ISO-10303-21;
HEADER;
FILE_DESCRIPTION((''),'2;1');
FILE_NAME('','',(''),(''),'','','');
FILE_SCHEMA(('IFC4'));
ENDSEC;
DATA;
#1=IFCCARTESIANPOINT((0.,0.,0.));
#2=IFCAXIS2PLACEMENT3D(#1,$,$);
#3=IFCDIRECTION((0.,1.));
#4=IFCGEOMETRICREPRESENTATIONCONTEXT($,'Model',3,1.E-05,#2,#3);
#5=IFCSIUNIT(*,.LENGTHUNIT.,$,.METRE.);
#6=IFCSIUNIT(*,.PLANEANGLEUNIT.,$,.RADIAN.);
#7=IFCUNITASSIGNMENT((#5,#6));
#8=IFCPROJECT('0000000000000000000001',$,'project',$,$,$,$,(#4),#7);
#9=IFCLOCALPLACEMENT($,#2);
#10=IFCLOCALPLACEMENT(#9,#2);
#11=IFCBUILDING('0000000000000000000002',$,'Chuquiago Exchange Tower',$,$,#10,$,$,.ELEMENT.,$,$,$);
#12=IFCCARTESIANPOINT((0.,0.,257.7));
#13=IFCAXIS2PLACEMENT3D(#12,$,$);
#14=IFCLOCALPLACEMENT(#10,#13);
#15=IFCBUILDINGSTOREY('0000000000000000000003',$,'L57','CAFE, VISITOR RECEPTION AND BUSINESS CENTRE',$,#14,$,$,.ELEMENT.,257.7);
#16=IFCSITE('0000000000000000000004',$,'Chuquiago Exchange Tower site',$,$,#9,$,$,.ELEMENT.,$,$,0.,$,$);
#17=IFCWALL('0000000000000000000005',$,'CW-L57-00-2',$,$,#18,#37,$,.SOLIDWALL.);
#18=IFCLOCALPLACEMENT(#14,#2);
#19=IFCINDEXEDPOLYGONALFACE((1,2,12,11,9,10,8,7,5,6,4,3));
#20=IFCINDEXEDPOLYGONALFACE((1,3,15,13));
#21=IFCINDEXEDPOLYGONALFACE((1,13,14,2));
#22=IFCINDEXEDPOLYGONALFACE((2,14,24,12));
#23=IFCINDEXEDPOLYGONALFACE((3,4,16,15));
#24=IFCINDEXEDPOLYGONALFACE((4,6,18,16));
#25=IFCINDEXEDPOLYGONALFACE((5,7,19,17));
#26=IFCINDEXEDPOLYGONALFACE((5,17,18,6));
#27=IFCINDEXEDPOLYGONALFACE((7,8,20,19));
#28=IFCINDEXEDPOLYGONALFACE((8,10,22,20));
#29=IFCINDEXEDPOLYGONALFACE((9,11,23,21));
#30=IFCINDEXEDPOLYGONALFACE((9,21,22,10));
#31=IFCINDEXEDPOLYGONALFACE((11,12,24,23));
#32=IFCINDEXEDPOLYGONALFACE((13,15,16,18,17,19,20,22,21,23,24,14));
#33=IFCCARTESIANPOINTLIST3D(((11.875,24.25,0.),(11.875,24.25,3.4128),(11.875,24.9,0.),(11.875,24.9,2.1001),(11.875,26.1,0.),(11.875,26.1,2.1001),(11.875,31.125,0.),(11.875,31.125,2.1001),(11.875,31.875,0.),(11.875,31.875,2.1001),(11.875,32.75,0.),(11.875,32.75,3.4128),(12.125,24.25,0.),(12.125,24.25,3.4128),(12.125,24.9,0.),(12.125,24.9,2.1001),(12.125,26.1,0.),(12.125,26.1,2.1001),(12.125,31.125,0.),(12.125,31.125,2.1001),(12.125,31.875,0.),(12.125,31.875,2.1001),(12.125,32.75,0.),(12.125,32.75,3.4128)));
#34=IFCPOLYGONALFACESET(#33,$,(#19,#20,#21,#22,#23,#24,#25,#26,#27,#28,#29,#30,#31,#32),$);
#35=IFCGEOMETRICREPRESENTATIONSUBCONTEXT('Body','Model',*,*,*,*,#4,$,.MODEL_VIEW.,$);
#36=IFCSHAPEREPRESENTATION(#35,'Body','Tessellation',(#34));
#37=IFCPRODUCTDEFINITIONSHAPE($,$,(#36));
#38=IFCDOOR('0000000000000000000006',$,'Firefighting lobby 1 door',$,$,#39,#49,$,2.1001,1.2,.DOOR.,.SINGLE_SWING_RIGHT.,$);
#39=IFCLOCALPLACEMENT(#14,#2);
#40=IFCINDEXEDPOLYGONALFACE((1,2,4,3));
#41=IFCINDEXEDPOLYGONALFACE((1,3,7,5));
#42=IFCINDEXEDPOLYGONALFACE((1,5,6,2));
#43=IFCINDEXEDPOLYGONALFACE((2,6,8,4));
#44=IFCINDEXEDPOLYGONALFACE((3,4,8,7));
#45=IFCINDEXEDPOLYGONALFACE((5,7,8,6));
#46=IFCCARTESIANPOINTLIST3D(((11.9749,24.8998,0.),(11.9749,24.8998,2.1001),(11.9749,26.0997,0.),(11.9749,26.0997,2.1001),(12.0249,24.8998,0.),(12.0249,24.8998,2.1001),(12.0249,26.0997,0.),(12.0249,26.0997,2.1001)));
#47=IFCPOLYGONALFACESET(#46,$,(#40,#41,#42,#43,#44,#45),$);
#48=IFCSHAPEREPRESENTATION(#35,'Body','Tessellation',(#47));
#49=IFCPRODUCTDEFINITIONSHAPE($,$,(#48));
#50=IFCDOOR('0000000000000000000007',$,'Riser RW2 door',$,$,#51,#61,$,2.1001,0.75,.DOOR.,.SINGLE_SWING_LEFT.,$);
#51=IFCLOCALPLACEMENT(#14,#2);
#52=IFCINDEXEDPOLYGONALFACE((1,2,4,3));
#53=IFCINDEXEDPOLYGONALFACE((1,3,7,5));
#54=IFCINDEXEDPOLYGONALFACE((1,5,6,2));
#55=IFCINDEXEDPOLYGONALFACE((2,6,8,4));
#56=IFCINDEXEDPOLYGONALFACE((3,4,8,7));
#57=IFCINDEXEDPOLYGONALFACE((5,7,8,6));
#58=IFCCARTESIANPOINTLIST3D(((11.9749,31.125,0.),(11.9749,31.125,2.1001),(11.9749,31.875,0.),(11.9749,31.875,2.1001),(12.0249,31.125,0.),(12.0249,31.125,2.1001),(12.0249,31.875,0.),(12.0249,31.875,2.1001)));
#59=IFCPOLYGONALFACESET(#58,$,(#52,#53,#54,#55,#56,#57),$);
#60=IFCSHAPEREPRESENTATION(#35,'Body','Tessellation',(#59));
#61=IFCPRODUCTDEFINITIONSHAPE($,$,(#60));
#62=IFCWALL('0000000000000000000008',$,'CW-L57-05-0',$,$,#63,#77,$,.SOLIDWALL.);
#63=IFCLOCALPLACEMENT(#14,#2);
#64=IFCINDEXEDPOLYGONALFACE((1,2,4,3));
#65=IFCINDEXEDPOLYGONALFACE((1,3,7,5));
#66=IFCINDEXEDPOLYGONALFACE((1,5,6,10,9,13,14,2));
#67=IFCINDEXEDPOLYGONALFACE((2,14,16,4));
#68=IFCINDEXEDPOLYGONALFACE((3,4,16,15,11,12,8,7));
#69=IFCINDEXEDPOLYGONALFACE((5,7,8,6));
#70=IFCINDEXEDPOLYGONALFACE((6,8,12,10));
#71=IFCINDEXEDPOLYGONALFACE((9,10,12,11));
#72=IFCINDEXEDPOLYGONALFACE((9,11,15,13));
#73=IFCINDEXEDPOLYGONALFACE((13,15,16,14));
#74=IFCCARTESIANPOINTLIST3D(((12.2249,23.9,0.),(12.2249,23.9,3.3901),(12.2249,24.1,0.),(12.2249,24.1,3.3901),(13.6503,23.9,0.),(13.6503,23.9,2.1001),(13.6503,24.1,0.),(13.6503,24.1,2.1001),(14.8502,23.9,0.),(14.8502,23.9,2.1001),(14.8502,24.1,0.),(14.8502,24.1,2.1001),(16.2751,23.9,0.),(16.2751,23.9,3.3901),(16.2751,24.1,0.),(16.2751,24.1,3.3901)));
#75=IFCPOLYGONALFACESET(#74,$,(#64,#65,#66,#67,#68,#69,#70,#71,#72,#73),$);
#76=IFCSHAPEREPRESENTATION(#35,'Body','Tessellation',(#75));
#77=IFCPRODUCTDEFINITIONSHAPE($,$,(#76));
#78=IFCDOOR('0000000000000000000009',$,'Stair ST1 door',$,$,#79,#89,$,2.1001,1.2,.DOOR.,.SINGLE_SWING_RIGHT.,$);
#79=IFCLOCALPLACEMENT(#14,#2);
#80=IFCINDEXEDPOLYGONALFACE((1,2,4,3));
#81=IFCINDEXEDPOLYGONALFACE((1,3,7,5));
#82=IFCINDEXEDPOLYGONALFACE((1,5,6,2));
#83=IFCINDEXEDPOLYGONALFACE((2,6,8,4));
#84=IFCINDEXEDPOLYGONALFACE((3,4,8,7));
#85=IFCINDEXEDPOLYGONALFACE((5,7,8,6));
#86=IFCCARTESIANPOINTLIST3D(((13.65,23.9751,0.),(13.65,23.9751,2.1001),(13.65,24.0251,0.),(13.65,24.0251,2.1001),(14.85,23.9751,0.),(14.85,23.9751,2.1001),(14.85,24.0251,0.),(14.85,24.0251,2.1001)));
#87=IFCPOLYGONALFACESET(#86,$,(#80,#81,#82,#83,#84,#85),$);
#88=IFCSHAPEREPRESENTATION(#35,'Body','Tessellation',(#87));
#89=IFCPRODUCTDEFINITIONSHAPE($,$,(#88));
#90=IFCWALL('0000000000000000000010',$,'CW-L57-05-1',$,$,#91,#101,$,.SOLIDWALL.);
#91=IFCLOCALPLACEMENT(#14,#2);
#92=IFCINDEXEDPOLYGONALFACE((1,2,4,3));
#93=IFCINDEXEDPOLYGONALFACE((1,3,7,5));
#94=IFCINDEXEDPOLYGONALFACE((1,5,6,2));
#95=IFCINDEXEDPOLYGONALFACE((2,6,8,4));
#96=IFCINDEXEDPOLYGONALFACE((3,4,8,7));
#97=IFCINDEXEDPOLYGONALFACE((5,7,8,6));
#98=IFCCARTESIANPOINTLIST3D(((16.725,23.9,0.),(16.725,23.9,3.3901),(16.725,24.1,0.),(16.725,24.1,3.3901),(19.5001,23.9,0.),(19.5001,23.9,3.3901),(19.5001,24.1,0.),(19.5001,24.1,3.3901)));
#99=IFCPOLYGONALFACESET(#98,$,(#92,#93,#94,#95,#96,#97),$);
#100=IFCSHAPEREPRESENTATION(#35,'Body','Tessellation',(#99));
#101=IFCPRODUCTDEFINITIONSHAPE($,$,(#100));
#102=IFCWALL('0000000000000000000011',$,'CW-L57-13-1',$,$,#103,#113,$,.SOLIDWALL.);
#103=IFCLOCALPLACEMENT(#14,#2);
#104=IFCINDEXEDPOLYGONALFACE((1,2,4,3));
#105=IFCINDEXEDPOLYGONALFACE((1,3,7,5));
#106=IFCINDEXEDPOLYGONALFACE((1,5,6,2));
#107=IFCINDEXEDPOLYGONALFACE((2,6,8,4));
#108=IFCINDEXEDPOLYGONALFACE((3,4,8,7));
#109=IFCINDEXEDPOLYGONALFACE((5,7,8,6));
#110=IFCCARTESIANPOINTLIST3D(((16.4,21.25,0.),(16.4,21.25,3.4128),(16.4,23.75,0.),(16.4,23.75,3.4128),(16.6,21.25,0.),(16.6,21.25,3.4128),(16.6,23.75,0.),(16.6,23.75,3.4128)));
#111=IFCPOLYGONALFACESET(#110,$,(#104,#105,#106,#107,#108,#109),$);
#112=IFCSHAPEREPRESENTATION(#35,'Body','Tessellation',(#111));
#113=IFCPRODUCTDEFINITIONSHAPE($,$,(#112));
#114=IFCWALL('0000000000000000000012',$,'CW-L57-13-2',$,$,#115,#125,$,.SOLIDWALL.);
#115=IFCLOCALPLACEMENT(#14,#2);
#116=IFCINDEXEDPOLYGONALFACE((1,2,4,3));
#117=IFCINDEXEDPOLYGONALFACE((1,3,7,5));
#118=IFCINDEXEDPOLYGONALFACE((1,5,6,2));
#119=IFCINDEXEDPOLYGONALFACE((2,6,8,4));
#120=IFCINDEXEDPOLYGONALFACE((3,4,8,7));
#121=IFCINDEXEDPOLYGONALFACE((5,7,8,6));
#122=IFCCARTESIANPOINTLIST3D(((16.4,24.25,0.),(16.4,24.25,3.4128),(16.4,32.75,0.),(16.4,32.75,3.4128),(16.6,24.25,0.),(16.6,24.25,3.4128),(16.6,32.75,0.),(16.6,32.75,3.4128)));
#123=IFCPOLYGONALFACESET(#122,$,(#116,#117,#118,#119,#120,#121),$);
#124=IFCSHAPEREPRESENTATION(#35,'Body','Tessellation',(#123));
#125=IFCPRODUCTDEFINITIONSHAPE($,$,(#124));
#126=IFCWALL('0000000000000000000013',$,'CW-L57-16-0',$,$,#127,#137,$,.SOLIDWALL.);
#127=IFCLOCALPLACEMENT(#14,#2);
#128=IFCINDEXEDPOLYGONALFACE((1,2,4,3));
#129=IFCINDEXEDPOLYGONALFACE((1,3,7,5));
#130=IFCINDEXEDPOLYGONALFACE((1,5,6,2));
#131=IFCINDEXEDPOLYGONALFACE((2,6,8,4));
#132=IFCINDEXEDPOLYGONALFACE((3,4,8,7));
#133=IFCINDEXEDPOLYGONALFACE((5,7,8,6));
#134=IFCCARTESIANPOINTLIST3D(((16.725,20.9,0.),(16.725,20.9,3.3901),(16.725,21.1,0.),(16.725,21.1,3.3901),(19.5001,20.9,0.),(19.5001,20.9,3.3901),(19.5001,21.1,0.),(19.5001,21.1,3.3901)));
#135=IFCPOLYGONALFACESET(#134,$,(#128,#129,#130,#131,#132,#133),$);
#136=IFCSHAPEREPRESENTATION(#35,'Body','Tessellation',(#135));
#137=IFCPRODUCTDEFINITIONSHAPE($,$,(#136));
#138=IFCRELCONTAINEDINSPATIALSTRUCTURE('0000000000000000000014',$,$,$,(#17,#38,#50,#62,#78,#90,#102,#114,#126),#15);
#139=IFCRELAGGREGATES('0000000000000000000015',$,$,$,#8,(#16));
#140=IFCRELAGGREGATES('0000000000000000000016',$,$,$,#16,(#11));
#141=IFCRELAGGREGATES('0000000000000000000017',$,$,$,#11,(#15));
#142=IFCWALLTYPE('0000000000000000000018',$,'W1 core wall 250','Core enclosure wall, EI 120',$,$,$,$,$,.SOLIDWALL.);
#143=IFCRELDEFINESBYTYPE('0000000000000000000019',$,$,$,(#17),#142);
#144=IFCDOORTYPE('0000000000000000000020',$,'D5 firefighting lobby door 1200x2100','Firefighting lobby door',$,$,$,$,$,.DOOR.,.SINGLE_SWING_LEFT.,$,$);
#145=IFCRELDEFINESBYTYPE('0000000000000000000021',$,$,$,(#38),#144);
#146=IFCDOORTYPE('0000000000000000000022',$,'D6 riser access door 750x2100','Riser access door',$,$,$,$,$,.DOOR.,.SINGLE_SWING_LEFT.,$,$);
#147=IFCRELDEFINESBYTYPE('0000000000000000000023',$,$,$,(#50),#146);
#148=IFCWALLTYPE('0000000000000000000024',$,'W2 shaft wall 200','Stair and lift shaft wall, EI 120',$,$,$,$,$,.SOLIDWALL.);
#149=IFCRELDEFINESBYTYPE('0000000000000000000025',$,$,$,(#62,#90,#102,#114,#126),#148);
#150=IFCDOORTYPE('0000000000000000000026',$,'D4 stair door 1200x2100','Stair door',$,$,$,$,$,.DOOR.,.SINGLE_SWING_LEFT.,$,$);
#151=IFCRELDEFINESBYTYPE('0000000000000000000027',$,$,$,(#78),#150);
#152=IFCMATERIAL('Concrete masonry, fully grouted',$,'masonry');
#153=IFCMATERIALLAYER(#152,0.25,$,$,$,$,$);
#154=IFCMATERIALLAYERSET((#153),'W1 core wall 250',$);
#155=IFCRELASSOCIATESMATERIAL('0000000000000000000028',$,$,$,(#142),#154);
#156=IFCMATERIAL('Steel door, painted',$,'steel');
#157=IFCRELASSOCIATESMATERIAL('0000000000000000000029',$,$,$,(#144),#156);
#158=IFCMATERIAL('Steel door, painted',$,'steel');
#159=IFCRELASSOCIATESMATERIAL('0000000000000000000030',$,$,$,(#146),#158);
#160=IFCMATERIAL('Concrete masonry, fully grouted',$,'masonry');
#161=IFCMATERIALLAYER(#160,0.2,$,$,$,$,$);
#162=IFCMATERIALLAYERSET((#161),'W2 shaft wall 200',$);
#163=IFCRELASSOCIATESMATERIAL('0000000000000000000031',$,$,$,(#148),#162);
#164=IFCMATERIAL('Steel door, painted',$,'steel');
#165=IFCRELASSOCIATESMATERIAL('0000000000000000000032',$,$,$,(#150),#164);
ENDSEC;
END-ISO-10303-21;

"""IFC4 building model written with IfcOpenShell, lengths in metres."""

from ifc_helpers import new_model, si_unit, direction, frame, frame_2d, origin, place, context, subcontext, project, spatial, rectangle, extrude, material, layer, layer_set, type_object, element, fill, save


model = new_model("IFC4")

# Units and contexts
model_context = context("Model", 3, precision=1e-05, world=origin(), true_north=direction((0.0, 1.0)))
body_context = subcontext(model_context, "Body", "Model", "MODEL_VIEW")
ifc_project = project(units=[si_unit("LENGTHUNIT", "METRE"), si_unit("PLANEANGLEUNIT", "RADIAN")], contexts=[model_context])

# Site, building, storey
site_placement = place(None, origin())
site = spatial("IfcSite", under=ifc_project, at=site_placement, Name="Chuquiago Exchange Tower site", CompositionType="ELEMENT", RefElevation=0.0)
building_placement = place(site_placement, origin())
building = spatial("IfcBuilding", under=site, at=building_placement, Name="Chuquiago Exchange Tower", CompositionType="ELEMENT")
storey_placement = place(building_placement, frame((0.0, 0.0, 257.7)))
storey = spatial("IfcBuildingStorey", under=building, at=storey_placement, Name="L57", Description="CAFE, VISITOR RECEPTION AND BUSINESS CENTRE", CompositionType="ELEMENT", Elevation=257.7)

# Wall, openings, doors
ifc_material_1 = material(Name="Concrete masonry, fully grouted", Category="masonry")
ifc_layer_1 = layer(ifc_material_1, 0.25)
ifc_layer_set_1 = layer_set([ifc_layer_1], Name="W1 core wall 250")
wall_type_1 = type_object("IfcWallType", Name="W1 core wall 250", Description="Core enclosure wall, EI 120", PredefinedType="SOLIDWALL", material=ifc_layer_set_1)
wall_1_placement = place(storey_placement, frame((12.0, 24.25, 0.0), z_axis=(0.0, 0.0, 1.0), x_axis=(0.0, 1.0, 0.0)))
wall_1 = element("IfcWall", 1, at=wall_1_placement, inside=storey, type_object=wall_type_1, Name="CW-L57-00-2", PredefinedType="SOLIDWALL", context=body_context, shape_type="SweptSolid", body=[
    extrude(rectangle(XDim=8.5, YDim=0.25, at=frame_2d((4.25, 0.0))), origin(), (0.0, 0.0, 1.0), 3.4128),
])
opening_1_placement = place(wall_1_placement, frame((0.6499, 0.0, 0.0)))
opening_1 = element("IfcOpeningElement", 2, at=opening_1_placement, cuts=wall_1, PredefinedType="OPENING", context=body_context, shape_type="SweptSolid", body=[
    extrude(rectangle(XDim=1.2, YDim=2.1001, at=frame_2d((0.6001, 1.05))), frame((0.0, 0.135, 0.0), z_axis=(0.0, -1.0, 0.0), x_axis=(1.0, 0.0, 0.0)), (0.0, 0.0, 1.0), 0.27),
])
opening_2_placement = place(wall_1_placement, frame((6.875, 0.0, 0.0)))
opening_2 = element("IfcOpeningElement", 3, at=opening_2_placement, cuts=wall_1, PredefinedType="OPENING", context=body_context, shape_type="SweptSolid", body=[
    extrude(rectangle(XDim=0.75, YDim=2.1001, at=frame_2d((0.375, 1.05))), frame((0.0, 0.135, 0.0), z_axis=(0.0, -1.0, 0.0), x_axis=(1.0, 0.0, 0.0)), (0.0, 0.0, 1.0), 0.27),
])
ifc_material_2 = material(Name="Steel door, painted", Category="steel")
door_type_1 = type_object("IfcDoorType", Name="D5 firefighting lobby door 1200x2100", Description="Firefighting lobby door", OperationType="SINGLE_SWING_LEFT", PredefinedType="DOOR", material=ifc_material_2)
door_1_placement = place(opening_1_placement, frame((1.2, 0.0, 0.0), z_axis=(0.0, 0.0, 1.0), x_axis=(-1.0, 0.0, 0.0)))
door_1 = element("IfcDoor", 4, at=door_1_placement, inside=storey, type_object=door_type_1, Name="Firefighting lobby 1 door", OperationType="SINGLE_SWING_RIGHT", OverallHeight=2.1001, OverallWidth=1.2, PredefinedType="DOOR", context=body_context, shape_type="SweptSolid", body=[
    extrude(rectangle(XDim=1.2, YDim=2.1001, at=frame_2d((0.6001, 1.05))), frame((0.0, 0.0249, 0.0), z_axis=(0.0, -1.0, 0.0), x_axis=(1.0, 0.0, 0.0)), (0.0, 0.0, 1.0), 0.05),
])
fill(opening_1, door_1)
ifc_material_3 = material(Name="Steel door, painted", Category="steel")
door_type_2 = type_object("IfcDoorType", Name="D6 riser access door 750x2100", Description="Riser access door", OperationType="SINGLE_SWING_LEFT", PredefinedType="DOOR", material=ifc_material_3)
door_2_placement = place(opening_2_placement, frame((0.75, 0.0, 0.0), z_axis=(0.0, 0.0, 1.0), x_axis=(-1.0, 0.0, 0.0)))
door_2 = element("IfcDoor", 5, at=door_2_placement, inside=storey, type_object=door_type_2, Name="Riser RW2 door", OperationType="SINGLE_SWING_LEFT", OverallHeight=2.1001, OverallWidth=0.75, PredefinedType="DOOR", context=body_context, shape_type="SweptSolid", body=[
    extrude(rectangle(XDim=0.75, YDim=2.1001, at=frame_2d((0.375, 1.05))), frame((0.0, 0.0249, 0.0), z_axis=(0.0, -1.0, 0.0), x_axis=(1.0, 0.0, 0.0)), (0.0, 0.0, 1.0), 0.05),
])
fill(opening_2, door_2)

# Wall, opening, door
ifc_material_4 = material(Name="Concrete masonry, fully grouted", Category="masonry")
ifc_layer_2 = layer(ifc_material_4, 0.2)
ifc_layer_set_2 = layer_set([ifc_layer_2], Name="W2 shaft wall 200")
wall_type_2 = type_object("IfcWallType", Name="W2 shaft wall 200", Description="Stair and lift shaft wall, EI 120", PredefinedType="SOLIDWALL", material=ifc_layer_set_2)
wall_2_placement = place(storey_placement, frame((12.2249, 24.0, 0.0), z_axis=(0.0, 0.0, 1.0), x_axis=(1.0, 0.0, 0.0)))
wall_2 = element("IfcWall", 6, at=wall_2_placement, inside=storey, type_object=wall_type_2, Name="CW-L57-05-0", PredefinedType="SOLIDWALL", context=body_context, shape_type="SweptSolid", body=[
    extrude(rectangle(XDim=4.0503, YDim=0.2, at=frame_2d((2.0251, 0.0))), origin(), (0.0, 0.0, 1.0), 3.3901),
])
opening_3_placement = place(wall_2_placement, frame((1.4253, 0.0, 0.0)))
opening_3 = element("IfcOpeningElement", 7, at=opening_3_placement, cuts=wall_2, PredefinedType="OPENING", context=body_context, shape_type="SweptSolid", body=[
    extrude(rectangle(XDim=1.2, YDim=2.1001, at=frame_2d((0.6001, 1.05))), frame((0.0, 0.1099, 0.0), z_axis=(0.0, -1.0, 0.0), x_axis=(1.0, 0.0, 0.0)), (0.0, 0.0, 1.0), 0.22),
])
ifc_material_5 = material(Name="Steel door, painted", Category="steel")
door_type_3 = type_object("IfcDoorType", Name="D4 stair door 1200x2100", Description="Stair door", OperationType="SINGLE_SWING_LEFT", PredefinedType="DOOR", material=ifc_material_5)
door_3_placement = place(opening_3_placement, frame((1.2, 0.0, 0.0), z_axis=(0.0, 0.0, 1.0), x_axis=(-1.0, 0.0, 0.0)))
door_3 = element("IfcDoor", 8, at=door_3_placement, inside=storey, type_object=door_type_3, Name="Stair ST1 door", OperationType="SINGLE_SWING_RIGHT", OverallHeight=2.1001, OverallWidth=1.2, PredefinedType="DOOR", context=body_context, shape_type="SweptSolid", body=[
    extrude(rectangle(XDim=1.2, YDim=2.1001, at=frame_2d((0.6001, 1.05))), frame((0.0, 0.0249, 0.0), z_axis=(0.0, -1.0, 0.0), x_axis=(1.0, 0.0, 0.0)), (0.0, 0.0, 1.0), 0.05),
])
fill(opening_3, door_3)

# Walls
wall_3_placement = place(storey_placement, frame((16.7249, 24.0, 0.0), z_axis=(0.0, 0.0, 1.0), x_axis=(1.0, 0.0, 0.0)))
element("IfcWall", 9, at=wall_3_placement, inside=storey, type_object=wall_type_2, Name="CW-L57-05-1", PredefinedType="SOLIDWALL", context=body_context, shape_type="SweptSolid", body=[
    extrude(rectangle(XDim=2.7751, YDim=0.2, at=frame_2d((1.3877, 0.0))), origin(), (0.0, 0.0, 1.0), 3.3901),
])
wall_4_placement = place(storey_placement, frame((16.5, 21.25, 0.0), z_axis=(0.0, 0.0, 1.0), x_axis=(0.0, 1.0, 0.0)))
element("IfcWall", 10, at=wall_4_placement, inside=storey, type_object=wall_type_2, Name="CW-L57-13-1", PredefinedType="SOLIDWALL", context=body_context, shape_type="SweptSolid", body=[
    extrude(rectangle(XDim=2.5, YDim=0.2, at=frame_2d((1.25, 0.0))), origin(), (0.0, 0.0, 1.0), 3.4128),
])
wall_5_placement = place(storey_placement, frame((16.5, 24.25, 0.0), z_axis=(0.0, 0.0, 1.0), x_axis=(0.0, 1.0, 0.0)))
element("IfcWall", 11, at=wall_5_placement, inside=storey, type_object=wall_type_2, Name="CW-L57-13-2", PredefinedType="SOLIDWALL", context=body_context, shape_type="SweptSolid", body=[
    extrude(rectangle(XDim=8.5, YDim=0.2, at=frame_2d((4.25, 0.0))), origin(), (0.0, 0.0, 1.0), 3.4128),
])
wall_6_placement = place(storey_placement, frame((16.7249, 21.0, 0.0), z_axis=(0.0, 0.0, 1.0), x_axis=(1.0, 0.0, 0.0)))
element("IfcWall", 12, at=wall_6_placement, inside=storey, type_object=wall_type_2, Name="CW-L57-16-0", PredefinedType="SOLIDWALL", context=body_context, shape_type="SweptSolid", body=[
    extrude(rectangle(XDim=2.7751, YDim=0.2, at=frame_2d((1.3877, 0.0))), origin(), (0.0, 0.0, 1.0), 3.3901),
])

save(model, "model.ifc")
